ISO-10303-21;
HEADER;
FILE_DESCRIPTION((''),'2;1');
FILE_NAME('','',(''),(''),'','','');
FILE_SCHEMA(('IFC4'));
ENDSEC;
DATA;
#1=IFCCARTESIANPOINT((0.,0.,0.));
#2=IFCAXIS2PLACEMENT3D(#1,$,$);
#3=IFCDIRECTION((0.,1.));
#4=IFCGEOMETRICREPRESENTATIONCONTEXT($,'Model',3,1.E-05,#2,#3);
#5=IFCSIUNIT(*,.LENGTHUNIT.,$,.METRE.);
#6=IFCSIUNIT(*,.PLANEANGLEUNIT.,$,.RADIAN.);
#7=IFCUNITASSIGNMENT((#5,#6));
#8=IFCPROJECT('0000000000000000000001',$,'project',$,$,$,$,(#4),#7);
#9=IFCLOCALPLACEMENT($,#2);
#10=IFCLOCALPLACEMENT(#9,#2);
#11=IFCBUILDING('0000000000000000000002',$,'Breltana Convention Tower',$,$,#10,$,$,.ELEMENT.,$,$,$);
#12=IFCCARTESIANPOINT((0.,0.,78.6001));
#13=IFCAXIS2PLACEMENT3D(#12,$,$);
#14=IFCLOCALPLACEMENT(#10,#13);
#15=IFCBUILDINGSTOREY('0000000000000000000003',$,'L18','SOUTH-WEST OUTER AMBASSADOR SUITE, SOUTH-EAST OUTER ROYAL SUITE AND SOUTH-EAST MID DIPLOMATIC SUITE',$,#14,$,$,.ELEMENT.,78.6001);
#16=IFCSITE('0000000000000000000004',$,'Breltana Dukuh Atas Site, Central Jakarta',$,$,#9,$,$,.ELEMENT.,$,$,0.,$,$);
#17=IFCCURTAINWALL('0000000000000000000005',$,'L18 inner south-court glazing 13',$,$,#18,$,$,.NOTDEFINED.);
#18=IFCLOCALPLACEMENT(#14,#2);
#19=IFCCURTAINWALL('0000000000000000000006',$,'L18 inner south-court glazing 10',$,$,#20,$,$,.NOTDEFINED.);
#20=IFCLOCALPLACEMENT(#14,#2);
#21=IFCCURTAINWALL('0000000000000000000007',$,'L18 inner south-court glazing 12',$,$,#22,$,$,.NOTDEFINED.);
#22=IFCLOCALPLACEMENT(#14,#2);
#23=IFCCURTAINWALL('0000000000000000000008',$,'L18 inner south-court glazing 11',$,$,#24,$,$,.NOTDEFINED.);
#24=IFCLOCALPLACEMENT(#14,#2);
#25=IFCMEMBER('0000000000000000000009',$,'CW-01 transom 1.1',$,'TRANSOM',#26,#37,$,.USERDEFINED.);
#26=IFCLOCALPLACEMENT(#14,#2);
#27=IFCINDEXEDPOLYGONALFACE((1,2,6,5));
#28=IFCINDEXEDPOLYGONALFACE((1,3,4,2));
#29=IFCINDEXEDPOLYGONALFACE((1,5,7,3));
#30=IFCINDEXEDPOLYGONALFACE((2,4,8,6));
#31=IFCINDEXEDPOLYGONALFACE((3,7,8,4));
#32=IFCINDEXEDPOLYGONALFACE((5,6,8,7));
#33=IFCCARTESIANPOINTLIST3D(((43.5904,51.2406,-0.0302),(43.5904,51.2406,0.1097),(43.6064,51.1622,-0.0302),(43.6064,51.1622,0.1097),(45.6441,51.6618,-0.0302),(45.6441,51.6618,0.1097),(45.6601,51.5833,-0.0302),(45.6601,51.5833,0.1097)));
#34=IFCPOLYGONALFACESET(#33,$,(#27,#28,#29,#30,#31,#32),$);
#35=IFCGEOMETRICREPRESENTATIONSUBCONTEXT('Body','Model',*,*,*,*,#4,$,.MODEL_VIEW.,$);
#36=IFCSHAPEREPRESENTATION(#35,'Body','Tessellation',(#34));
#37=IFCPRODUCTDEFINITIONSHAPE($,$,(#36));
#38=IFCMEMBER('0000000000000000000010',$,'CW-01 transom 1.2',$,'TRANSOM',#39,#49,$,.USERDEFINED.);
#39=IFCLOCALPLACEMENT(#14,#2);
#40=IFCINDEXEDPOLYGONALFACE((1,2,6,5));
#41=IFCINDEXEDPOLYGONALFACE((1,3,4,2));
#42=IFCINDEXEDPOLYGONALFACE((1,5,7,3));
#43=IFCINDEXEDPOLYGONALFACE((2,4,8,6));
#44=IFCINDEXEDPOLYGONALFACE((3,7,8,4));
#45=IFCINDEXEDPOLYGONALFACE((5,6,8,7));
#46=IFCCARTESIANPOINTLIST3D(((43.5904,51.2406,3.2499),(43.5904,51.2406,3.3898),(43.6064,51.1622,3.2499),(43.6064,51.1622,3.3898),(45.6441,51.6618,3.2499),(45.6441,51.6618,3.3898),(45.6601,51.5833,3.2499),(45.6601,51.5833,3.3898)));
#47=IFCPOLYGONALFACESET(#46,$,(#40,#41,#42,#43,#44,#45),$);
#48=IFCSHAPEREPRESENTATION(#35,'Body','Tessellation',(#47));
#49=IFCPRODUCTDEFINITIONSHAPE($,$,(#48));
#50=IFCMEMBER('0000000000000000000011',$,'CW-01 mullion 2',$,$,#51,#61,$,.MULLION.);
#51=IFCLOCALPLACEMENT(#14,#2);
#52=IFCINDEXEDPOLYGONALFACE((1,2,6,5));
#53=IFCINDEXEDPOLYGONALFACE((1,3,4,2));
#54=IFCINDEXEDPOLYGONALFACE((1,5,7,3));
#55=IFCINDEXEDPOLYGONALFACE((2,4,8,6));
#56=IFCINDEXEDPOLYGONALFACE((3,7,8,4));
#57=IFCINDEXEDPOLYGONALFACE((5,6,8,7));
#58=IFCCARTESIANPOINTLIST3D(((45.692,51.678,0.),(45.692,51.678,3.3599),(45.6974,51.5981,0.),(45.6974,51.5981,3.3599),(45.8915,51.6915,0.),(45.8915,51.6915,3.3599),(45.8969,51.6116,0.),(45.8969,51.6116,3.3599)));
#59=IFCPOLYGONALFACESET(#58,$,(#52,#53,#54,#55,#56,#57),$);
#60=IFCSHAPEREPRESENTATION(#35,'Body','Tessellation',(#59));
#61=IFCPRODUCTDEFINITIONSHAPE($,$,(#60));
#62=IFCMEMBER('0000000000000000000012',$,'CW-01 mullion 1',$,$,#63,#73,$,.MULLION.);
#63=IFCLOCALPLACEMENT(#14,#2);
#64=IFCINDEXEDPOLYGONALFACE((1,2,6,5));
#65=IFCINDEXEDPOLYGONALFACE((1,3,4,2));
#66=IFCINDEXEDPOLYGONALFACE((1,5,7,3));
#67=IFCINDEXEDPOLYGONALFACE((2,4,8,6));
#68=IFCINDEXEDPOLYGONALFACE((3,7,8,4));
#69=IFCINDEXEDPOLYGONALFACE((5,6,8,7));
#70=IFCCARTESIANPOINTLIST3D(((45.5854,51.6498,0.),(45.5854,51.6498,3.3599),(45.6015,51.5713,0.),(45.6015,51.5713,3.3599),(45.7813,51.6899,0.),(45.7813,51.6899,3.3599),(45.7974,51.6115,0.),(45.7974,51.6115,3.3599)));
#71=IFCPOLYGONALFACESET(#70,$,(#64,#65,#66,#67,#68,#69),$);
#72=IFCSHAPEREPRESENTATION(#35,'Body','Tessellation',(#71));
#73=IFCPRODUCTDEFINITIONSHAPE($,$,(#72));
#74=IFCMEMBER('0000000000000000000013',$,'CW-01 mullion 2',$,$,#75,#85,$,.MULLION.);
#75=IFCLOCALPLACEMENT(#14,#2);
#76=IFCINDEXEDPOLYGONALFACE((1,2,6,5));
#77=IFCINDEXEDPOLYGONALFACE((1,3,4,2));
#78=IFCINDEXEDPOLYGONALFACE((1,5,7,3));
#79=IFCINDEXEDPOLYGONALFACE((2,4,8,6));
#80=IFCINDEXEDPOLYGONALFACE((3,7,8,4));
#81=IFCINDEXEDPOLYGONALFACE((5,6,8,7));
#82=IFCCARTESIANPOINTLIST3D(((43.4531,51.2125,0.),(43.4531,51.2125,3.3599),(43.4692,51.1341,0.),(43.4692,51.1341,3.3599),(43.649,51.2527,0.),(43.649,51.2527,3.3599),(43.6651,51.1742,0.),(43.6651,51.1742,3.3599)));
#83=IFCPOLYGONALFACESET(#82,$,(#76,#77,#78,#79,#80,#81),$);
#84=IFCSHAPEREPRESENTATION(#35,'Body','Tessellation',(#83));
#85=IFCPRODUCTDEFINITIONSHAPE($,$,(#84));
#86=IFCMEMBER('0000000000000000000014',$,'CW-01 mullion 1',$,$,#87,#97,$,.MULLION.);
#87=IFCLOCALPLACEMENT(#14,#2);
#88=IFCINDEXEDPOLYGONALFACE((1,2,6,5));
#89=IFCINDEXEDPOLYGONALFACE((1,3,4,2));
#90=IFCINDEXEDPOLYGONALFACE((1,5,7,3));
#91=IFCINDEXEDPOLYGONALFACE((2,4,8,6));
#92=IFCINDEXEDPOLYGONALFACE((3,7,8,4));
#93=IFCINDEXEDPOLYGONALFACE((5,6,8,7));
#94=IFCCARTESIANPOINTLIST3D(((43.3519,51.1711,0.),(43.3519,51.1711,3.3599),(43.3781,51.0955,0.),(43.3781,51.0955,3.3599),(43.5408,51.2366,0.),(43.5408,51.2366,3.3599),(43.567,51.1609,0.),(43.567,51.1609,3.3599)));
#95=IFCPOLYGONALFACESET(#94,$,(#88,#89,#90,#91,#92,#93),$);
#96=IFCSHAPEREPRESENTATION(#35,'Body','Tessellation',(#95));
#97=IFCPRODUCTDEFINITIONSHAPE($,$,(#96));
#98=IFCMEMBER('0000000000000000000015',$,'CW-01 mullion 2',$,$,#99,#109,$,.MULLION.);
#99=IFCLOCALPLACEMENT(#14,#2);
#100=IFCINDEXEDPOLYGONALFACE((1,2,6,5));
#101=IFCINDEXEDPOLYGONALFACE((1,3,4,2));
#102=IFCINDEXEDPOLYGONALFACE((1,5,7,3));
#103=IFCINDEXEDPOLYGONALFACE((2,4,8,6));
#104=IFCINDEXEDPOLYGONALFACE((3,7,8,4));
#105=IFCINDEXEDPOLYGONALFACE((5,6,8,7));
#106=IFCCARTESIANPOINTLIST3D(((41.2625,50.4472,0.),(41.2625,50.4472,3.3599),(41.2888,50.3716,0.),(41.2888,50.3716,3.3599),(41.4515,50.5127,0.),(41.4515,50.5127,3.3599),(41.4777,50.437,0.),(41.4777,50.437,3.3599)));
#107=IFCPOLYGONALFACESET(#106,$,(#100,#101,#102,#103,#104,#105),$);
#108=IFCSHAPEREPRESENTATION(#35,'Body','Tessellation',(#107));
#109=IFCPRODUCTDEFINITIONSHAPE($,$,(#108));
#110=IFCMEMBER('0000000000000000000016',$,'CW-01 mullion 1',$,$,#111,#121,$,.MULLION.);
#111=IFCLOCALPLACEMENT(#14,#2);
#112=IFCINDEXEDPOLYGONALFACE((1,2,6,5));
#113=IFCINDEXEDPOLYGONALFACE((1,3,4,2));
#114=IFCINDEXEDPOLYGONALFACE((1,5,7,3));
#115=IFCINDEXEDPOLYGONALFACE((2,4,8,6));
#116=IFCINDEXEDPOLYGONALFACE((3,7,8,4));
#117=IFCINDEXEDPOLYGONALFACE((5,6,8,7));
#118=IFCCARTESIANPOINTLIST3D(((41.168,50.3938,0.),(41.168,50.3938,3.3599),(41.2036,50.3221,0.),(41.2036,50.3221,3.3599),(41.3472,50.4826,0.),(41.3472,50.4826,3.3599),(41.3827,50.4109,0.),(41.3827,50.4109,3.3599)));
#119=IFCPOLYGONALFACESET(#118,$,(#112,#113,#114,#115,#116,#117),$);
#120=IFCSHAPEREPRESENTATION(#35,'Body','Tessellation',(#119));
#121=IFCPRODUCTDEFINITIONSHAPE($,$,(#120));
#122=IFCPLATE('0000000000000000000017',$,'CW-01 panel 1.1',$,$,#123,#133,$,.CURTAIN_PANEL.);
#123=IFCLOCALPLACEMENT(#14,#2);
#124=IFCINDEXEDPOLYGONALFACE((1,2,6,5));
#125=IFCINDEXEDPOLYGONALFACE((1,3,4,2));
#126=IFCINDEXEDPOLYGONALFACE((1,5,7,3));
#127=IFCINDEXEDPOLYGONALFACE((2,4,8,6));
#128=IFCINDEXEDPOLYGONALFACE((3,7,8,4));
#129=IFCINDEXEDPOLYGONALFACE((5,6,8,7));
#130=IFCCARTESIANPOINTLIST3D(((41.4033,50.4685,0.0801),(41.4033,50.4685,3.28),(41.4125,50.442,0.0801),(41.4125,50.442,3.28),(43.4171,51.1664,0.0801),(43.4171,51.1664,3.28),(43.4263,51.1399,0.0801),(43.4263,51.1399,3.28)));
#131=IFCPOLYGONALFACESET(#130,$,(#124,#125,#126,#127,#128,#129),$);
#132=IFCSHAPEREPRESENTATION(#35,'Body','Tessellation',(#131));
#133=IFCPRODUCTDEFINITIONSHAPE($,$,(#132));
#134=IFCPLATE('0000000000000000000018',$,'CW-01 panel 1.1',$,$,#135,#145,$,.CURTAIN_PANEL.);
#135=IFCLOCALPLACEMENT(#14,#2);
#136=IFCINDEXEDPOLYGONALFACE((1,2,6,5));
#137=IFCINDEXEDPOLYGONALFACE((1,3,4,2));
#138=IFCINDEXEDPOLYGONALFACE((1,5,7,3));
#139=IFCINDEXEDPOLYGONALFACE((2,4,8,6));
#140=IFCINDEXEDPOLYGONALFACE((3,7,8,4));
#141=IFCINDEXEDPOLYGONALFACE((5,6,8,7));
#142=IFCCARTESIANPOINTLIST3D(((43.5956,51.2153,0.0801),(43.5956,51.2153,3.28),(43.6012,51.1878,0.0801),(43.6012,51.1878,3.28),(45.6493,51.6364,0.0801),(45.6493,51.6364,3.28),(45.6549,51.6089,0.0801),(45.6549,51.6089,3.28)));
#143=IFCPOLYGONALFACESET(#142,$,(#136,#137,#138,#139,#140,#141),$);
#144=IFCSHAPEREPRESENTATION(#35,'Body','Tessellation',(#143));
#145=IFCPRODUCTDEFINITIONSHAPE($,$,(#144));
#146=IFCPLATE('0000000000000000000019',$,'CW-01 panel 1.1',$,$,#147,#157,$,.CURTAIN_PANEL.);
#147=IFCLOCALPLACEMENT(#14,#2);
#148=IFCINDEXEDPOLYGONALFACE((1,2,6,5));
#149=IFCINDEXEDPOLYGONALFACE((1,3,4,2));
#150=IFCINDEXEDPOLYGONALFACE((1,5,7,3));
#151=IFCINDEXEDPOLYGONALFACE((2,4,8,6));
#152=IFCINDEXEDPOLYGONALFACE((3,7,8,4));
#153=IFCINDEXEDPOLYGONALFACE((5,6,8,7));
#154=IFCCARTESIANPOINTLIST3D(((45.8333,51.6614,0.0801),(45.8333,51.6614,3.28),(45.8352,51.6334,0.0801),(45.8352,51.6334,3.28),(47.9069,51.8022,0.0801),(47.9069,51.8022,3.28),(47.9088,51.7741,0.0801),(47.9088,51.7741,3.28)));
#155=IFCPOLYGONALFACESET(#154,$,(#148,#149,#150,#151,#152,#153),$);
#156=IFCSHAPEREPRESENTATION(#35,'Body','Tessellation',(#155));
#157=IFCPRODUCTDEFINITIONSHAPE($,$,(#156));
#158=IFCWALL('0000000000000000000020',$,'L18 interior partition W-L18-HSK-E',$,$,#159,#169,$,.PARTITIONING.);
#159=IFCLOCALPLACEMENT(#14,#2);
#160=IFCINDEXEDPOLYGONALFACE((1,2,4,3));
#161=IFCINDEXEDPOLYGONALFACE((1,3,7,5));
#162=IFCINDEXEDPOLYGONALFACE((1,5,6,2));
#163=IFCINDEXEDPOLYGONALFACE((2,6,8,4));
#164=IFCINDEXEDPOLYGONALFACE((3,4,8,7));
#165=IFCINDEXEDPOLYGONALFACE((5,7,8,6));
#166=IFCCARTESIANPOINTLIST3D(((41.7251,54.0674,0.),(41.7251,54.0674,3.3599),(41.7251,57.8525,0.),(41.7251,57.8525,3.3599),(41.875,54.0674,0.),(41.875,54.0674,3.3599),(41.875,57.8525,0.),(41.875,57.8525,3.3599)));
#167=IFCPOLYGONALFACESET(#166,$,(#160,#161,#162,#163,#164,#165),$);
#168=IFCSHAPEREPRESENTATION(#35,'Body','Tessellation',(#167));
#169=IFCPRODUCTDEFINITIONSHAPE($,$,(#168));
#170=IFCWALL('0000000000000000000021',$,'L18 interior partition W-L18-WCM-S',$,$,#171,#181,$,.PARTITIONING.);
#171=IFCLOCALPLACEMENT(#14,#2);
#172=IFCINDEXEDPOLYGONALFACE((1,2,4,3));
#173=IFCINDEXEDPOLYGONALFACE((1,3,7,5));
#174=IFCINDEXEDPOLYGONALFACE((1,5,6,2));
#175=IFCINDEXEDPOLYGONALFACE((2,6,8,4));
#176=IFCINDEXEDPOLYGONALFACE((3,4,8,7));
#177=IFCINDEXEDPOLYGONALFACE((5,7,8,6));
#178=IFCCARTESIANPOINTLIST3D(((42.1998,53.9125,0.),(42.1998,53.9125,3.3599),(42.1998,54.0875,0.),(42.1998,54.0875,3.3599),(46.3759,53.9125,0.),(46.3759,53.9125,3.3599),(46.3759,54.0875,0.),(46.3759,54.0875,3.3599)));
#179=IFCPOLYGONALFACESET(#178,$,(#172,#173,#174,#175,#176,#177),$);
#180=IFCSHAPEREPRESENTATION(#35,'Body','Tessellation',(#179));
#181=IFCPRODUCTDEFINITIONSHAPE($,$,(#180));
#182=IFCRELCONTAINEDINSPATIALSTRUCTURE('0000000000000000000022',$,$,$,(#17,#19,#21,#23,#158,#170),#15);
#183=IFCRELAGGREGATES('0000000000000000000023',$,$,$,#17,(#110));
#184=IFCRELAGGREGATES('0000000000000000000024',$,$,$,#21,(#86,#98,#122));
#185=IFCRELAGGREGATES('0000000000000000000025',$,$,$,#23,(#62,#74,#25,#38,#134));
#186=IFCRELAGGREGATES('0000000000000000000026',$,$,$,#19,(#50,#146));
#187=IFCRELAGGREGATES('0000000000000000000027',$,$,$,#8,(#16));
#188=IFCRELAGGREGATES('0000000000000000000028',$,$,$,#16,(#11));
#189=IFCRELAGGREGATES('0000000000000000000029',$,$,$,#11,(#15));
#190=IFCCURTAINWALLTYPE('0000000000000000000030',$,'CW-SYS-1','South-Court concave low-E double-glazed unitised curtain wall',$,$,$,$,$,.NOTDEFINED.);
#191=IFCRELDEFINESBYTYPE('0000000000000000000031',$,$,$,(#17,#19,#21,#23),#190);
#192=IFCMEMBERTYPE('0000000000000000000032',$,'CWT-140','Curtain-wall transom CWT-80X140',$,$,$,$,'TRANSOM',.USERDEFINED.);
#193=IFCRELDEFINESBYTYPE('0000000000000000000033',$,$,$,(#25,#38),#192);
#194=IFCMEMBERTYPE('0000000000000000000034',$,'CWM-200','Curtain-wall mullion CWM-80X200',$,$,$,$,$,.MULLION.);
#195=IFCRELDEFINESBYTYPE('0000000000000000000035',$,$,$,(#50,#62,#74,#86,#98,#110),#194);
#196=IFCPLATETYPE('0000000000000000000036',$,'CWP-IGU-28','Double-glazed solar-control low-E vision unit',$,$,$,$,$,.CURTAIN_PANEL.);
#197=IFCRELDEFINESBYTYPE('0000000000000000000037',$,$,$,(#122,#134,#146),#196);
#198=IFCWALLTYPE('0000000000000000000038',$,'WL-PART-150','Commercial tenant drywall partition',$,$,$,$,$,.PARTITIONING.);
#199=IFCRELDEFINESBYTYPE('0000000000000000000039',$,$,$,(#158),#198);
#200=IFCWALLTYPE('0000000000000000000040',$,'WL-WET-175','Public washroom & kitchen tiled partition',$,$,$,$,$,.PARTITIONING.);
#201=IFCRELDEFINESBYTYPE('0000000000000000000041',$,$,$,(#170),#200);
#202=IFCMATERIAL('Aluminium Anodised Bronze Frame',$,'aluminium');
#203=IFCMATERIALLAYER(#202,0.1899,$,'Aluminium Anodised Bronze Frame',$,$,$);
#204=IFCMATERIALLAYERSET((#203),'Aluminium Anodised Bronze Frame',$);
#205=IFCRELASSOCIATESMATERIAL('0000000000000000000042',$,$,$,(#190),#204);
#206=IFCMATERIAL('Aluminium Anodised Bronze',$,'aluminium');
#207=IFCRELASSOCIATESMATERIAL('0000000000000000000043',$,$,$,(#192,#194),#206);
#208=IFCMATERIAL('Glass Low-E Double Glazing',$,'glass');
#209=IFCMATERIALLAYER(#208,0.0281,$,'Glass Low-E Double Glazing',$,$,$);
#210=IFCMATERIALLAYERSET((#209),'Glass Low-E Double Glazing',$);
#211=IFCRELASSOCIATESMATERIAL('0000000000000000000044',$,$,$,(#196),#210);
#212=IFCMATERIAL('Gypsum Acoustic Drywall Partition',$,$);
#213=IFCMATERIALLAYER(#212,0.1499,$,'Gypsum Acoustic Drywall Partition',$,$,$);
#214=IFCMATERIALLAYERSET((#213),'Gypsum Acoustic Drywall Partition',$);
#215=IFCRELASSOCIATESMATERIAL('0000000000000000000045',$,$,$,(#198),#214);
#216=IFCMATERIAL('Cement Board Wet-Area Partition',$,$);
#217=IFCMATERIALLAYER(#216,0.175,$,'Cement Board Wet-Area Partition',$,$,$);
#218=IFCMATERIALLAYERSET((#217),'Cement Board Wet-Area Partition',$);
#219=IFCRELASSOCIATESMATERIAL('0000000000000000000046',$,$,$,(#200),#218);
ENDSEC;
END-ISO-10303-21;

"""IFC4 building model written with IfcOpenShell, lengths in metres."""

from ifc_helpers import new_model, si_unit, direction, frame, frame_2d, origin, origin_2d, place, context, subcontext, project, spatial, rectangle, extrude, source, transform, mapped, material, layer, layer_set, material_profile, profile_set, type_object, element, aggregate, save


model = new_model("IFC4")

# Units and contexts
model_context = context("Model", 3, precision=1e-05, world=origin(), true_north=direction((0.0, 1.0)))
body_context = subcontext(model_context, "Body", "Model", "MODEL_VIEW")
ifc_project = project(units=[si_unit("LENGTHUNIT", "METRE"), si_unit("PLANEANGLEUNIT", "RADIAN")], contexts=[model_context])

# Site, building, storey
site_placement = place(None, origin())
site = spatial("IfcSite", under=ifc_project, at=site_placement, Name="Breltana Dukuh Atas Site, Central Jakarta", CompositionType="ELEMENT", RefElevation=0.0)
building_placement = place(site_placement, origin())
building = spatial("IfcBuilding", under=site, at=building_placement, Name="Breltana Convention Tower", CompositionType="ELEMENT")
storey_placement = place(building_placement, frame((0.0, 0.0, 78.6001)))
storey = spatial("IfcBuildingStorey", under=building, at=storey_placement, Name="L18", Description="SOUTH-WEST OUTER AMBASSADOR SUITE, SOUTH-EAST OUTER ROYAL SUITE AND SOUTH-EAST MID DIPLOMATIC SUITE", CompositionType="ELEMENT", Elevation=78.6001)

# Curtain walls, members
ifc_material_1 = material(Name="Aluminium Anodised Bronze Frame", Category="aluminium")
ifc_layer_1 = layer(ifc_material_1, 0.1899, Name="Aluminium Anodised Bronze Frame")
ifc_layer_set_1 = layer_set([ifc_layer_1], Name="Aluminium Anodised Bronze Frame")
curtain_wall_type = type_object("IfcCurtainWallType", Name="CW-SYS-1", Description="South-Court concave low-E double-glazed unitised curtain wall", PredefinedType="NOTDEFINED", material=ifc_layer_set_1)
curtain_wall_1_placement = place(storey_placement, origin())
curtain_wall_1 = element("IfcCurtainWall", 1, at=curtain_wall_1_placement, inside=storey, type_object=curtain_wall_type, Name="L18 inner south-court glazing 13", PredefinedType="NOTDEFINED")
ifc_material_2 = material(Name="Aluminium Anodised Bronze", Category="aluminium")
ifc_material_profile_1 = material_profile(ifc_material_2, rectangle(XDim=0.0801, YDim=0.1399, at=origin_2d()), Name="CWT-80X140")
ifc_profile_set_1 = profile_set([ifc_material_profile_1], Name="Aluminium Anodised Bronze")
member_type_1 = type_object("IfcMemberType", Name="CWT-140", Description="Curtain-wall transom CWT-80X140", ElementType="TRANSOM", PredefinedType="USERDEFINED", material=ifc_profile_set_1)
curtain_wall_2_placement = place(storey_placement, origin())
curtain_wall_2 = element("IfcCurtainWall", 2, at=curtain_wall_2_placement, inside=storey, type_object=curtain_wall_type, Name="L18 inner south-court glazing 10", PredefinedType="NOTDEFINED")
curtain_wall_3_placement = place(storey_placement, origin())
curtain_wall_3 = element("IfcCurtainWall", 3, at=curtain_wall_3_placement, inside=storey, type_object=curtain_wall_type, Name="L18 inner south-court glazing 12", PredefinedType="NOTDEFINED")
curtain_wall_4_placement = place(storey_placement, origin())
curtain_wall_4 = element("IfcCurtainWall", 4, at=curtain_wall_4_placement, inside=storey, type_object=curtain_wall_type, Name="L18 inner south-court glazing 11", PredefinedType="NOTDEFINED")
shared_shape_1 = source(origin(), body_context, "Body", "SweptSolid", [
    extrude(rectangle(XDim=0.0801, YDim=0.1399, at=origin_2d()), origin(), (0.0, 0.0, 1.0), 2.0964),
])
member_1_placement = place(storey_placement, frame((45.6521, 51.6226, 0.0398), z_axis=(-0.979615, -0.200884, 0.0), x_axis=(0.200884, -0.979615, 0.0)))
member_1 = element("IfcMember", 5, at=member_1_placement, type_object=member_type_1, Name="CW-01 transom 1.1", ObjectType="TRANSOM", PredefinedType="USERDEFINED", context=body_context, shape_type="MappedRepresentation", body=[
    mapped(shared_shape_1, transform((0.0, 0.0, 0.0), scale=1.0)),
])
member_2_placement = place(storey_placement, frame((45.6521, 51.6226, 3.3198), z_axis=(-0.979615, -0.200884, 0.0), x_axis=(0.200884, -0.979615, 0.0)))
member_2 = element("IfcMember", 6, at=member_2_placement, type_object=member_type_1, Name="CW-01 transom 1.2", ObjectType="TRANSOM", PredefinedType="USERDEFINED", context=body_context, shape_type="MappedRepresentation", body=[
    mapped(shared_shape_1, transform((0.0, 0.0, 0.0), scale=1.0)),
])

# Members
ifc_material_profile_2 = material_profile(ifc_material_2, rectangle(XDim=0.0801, YDim=0.2, at=origin_2d()), Name="CWM-80X200")
ifc_profile_set_2 = profile_set([ifc_material_profile_2], Name="Aluminium Anodised Bronze")
member_type_2 = type_object("IfcMemberType", Name="CWM-200", Description="Curtain-wall mullion CWM-80X200", PredefinedType="MULLION", material=ifc_profile_set_2)
shared_shape_2 = source(origin(), body_context, "Body", "SweptSolid", [
    extrude(rectangle(XDim=0.0801, YDim=0.2, at=origin_2d()), origin(), (0.0, 0.0, 1.0), 3.3599),
])
member_3_placement = place(storey_placement, frame((45.7944, 51.6448, 0.0), z_axis=(0.0, 0.0, 1.0), x_axis=(0.067726, -0.997704, 0.0)))
member_3 = element("IfcMember", 7, at=member_3_placement, type_object=member_type_2, Name="CW-01 mullion 2", PredefinedType="MULLION", context=body_context, shape_type="MappedRepresentation", body=[
    mapped(shared_shape_2, transform((0.0, 0.0, 0.0), scale=1.0)),
])
member_4_placement = place(storey_placement, frame((45.6914, 51.6306, 0.0), z_axis=(0.0, 0.0, 1.0), x_axis=(0.200886, -0.979615, 0.0)))
member_4 = element("IfcMember", 8, at=member_4_placement, type_object=member_type_2, Name="CW-01 mullion 1", PredefinedType="MULLION", context=body_context, shape_type="MappedRepresentation", body=[
    mapped(shared_shape_2, transform((0.0, 0.0, 0.0), scale=1.0)),
])
member_5_placement = place(storey_placement, frame((43.5591, 51.1934, 0.0), z_axis=(0.0, 0.0, 1.0), x_axis=(0.200886, -0.979615, 0.0)))
member_5 = element("IfcMember", 9, at=member_5_placement, type_object=member_type_2, Name="CW-01 mullion 2", PredefinedType="MULLION", context=body_context, shape_type="MappedRepresentation", body=[
    mapped(shared_shape_2, transform((0.0, 0.0, 0.0), scale=1.0)),
])
member_6_placement = place(storey_placement, frame((43.4595, 51.166, 0.0), z_axis=(0.0, 0.0, 1.0), x_axis=(0.327413, -0.944881, 0.0)))
member_6 = element("IfcMember", 10, at=member_6_placement, type_object=member_type_2, Name="CW-01 mullion 1", PredefinedType="MULLION", context=body_context, shape_type="MappedRepresentation", body=[
    mapped(shared_shape_2, transform((0.0, 0.0, 0.0), scale=1.0)),
])
member_7_placement = place(storey_placement, frame((41.3701, 50.4421, 0.0), z_axis=(0.0, 0.0, 1.0), x_axis=(0.327413, -0.944881, 0.0)))
member_7 = element("IfcMember", 11, at=member_7_placement, type_object=member_type_2, Name="CW-01 mullion 2", PredefinedType="MULLION", context=body_context, shape_type="MappedRepresentation", body=[
    mapped(shared_shape_2, transform((0.0, 0.0, 0.0), scale=1.0)),
])
member_8_placement = place(storey_placement, frame((41.2754, 50.4023, 0.0), z_axis=(0.0, 0.0, 1.0), x_axis=(0.444118, -0.895968, 0.0)))
member_8 = element("IfcMember", 12, at=member_8_placement, type_object=member_type_2, Name="CW-01 mullion 1", PredefinedType="MULLION", context=body_context, shape_type="MappedRepresentation", body=[
    mapped(shared_shape_2, transform((0.0, 0.0, 0.0), scale=1.0)),
])
aggregate(curtain_wall_1, [member_8])

# Plates
ifc_material_3 = material(Name="Glass Low-E Double Glazing", Category="glass")
ifc_layer_2 = layer(ifc_material_3, 0.0281, Name="Glass Low-E Double Glazing")
ifc_layer_set_2 = layer_set([ifc_layer_2], Name="Glass Low-E Double Glazing")
plate_type = type_object("IfcPlateType", Name="CWP-IGU-28", Description="Double-glazed solar-control low-E vision unit", PredefinedType="CURTAIN_PANEL", material=ifc_layer_set_2)
shared_shape_3 = source(origin(), body_context, "Body", "SweptSolid", [
    extrude(rectangle(XDim=2.1313, YDim=0.0281, at=origin_2d()), origin(), (0.0, 0.0, 1.0), 3.2),
])
plate_1_placement = place(storey_placement, frame((42.4148, 50.8042, 0.0801), z_axis=(0.0, 0.0, 1.0), x_axis=(-0.944881, -0.327413, 0.0)))
plate_1 = element("IfcPlate", 13, at=plate_1_placement, type_object=plate_type, Name="CW-01 panel 1.1", PredefinedType="CURTAIN_PANEL", context=body_context, shape_type="MappedRepresentation", body=[
    mapped(shared_shape_3, transform((0.0, 0.0, 0.0), scale=1.0)),
])
aggregate(curtain_wall_3, [member_6, member_7, plate_1])
shared_shape_4 = source(origin(), body_context, "Body", "SweptSolid", [
    extrude(rectangle(XDim=2.0964, YDim=0.0281, at=origin_2d()), origin(), (0.0, 0.0, 1.0), 3.2),
])
plate_2_placement = place(storey_placement, frame((44.6252, 51.4121, 0.0801), z_axis=(0.0, 0.0, 1.0), x_axis=(-0.979615, -0.200886, 0.0)))
plate_2 = element("IfcPlate", 14, at=plate_2_placement, type_object=plate_type, Name="CW-01 panel 1.1", PredefinedType="CURTAIN_PANEL", context=body_context, shape_type="MappedRepresentation", body=[
    mapped(shared_shape_4, transform((0.0, 0.0, 0.0), scale=1.0)),
])
aggregate(curtain_wall_4, [member_4, member_5, member_1, member_2, plate_2])
shared_shape_5 = source(origin(), body_context, "Body", "SweptSolid", [
    extrude(rectangle(XDim=2.0784, YDim=0.0281, at=origin_2d()), origin(), (0.0, 0.0, 1.0), 3.2),
])
plate_3_placement = place(storey_placement, frame((46.8711, 51.7178, 0.0801), z_axis=(0.0, 0.0, 1.0), x_axis=(-0.997704, -0.067726, 0.0)))
plate_3 = element("IfcPlate", 15, at=plate_3_placement, type_object=plate_type, Name="CW-01 panel 1.1", PredefinedType="CURTAIN_PANEL", context=body_context, shape_type="MappedRepresentation", body=[
    mapped(shared_shape_5, transform((0.0, 0.0, 0.0), scale=1.0)),
])
aggregate(curtain_wall_2, [member_3, plate_3])

# Walls
ifc_material_4 = material(Name="Gypsum Acoustic Drywall Partition")
ifc_layer_3 = layer(ifc_material_4, 0.1499, Name="Gypsum Acoustic Drywall Partition")
ifc_layer_set_3 = layer_set([ifc_layer_3], Name="Gypsum Acoustic Drywall Partition")
wall_type_1 = type_object("IfcWallType", Name="WL-PART-150", Description="Commercial tenant drywall partition", PredefinedType="PARTITIONING", material=ifc_layer_set_3)
shared_shape_6 = source(origin(), body_context, "Body", "SweptSolid", [
    extrude(rectangle(XDim=3.7852, YDim=0.1499, at=frame_2d((1.8926, 0.0))), origin(), (0.0, 0.0, 1.0), 3.3599),
])
wall_1_placement = place(storey_placement, frame((41.8, 54.0674, 0.0), z_axis=(0.0, 0.0, 1.0), x_axis=(0.0, 1.0, 0.0)))
element("IfcWall", 16, at=wall_1_placement, inside=storey, type_object=wall_type_1, Name="L18 interior partition W-L18-HSK-E", PredefinedType="PARTITIONING", context=body_context, shape_type="MappedRepresentation", body=[
    mapped(shared_shape_6, transform((0.0, 0.0, 0.0), scale=1.0)),
])
ifc_material_5 = material(Name="Cement Board Wet-Area Partition")
ifc_layer_4 = layer(ifc_material_5, 0.175, Name="Cement Board Wet-Area Partition")
ifc_layer_set_4 = layer_set([ifc_layer_4], Name="Cement Board Wet-Area Partition")
wall_type_2 = type_object("IfcWallType", Name="WL-WET-175", Description="Public washroom & kitchen tiled partition", PredefinedType="PARTITIONING", material=ifc_layer_set_4)
shared_shape_7 = source(origin(), body_context, "Body", "SweptSolid", [
    extrude(rectangle(XDim=4.176, YDim=0.175, at=frame_2d((2.0879, 0.0))), origin(), (0.0, 0.0, 1.0), 3.3599),
])
for number, where, z_axis, x_axis, name in (
    (17, (42.2, 54.0, 0.0), (0.0, 0.0, 1.0), (1.0, 0.0, 0.0), "L18 interior partition W-L18-WCM-S"),
):
    element("IfcWall", number, at=place(storey_placement, frame(where, z_axis=z_axis, x_axis=x_axis)), inside=storey, type_object=wall_type_2, Name=name, PredefinedType="PARTITIONING", context=body_context, shape_type="MappedRepresentation", body=[
        mapped(shared_shape_7, transform((0.0, 0.0, 0.0), scale=1.0)),
    ])

save(model, "model.ifc")
